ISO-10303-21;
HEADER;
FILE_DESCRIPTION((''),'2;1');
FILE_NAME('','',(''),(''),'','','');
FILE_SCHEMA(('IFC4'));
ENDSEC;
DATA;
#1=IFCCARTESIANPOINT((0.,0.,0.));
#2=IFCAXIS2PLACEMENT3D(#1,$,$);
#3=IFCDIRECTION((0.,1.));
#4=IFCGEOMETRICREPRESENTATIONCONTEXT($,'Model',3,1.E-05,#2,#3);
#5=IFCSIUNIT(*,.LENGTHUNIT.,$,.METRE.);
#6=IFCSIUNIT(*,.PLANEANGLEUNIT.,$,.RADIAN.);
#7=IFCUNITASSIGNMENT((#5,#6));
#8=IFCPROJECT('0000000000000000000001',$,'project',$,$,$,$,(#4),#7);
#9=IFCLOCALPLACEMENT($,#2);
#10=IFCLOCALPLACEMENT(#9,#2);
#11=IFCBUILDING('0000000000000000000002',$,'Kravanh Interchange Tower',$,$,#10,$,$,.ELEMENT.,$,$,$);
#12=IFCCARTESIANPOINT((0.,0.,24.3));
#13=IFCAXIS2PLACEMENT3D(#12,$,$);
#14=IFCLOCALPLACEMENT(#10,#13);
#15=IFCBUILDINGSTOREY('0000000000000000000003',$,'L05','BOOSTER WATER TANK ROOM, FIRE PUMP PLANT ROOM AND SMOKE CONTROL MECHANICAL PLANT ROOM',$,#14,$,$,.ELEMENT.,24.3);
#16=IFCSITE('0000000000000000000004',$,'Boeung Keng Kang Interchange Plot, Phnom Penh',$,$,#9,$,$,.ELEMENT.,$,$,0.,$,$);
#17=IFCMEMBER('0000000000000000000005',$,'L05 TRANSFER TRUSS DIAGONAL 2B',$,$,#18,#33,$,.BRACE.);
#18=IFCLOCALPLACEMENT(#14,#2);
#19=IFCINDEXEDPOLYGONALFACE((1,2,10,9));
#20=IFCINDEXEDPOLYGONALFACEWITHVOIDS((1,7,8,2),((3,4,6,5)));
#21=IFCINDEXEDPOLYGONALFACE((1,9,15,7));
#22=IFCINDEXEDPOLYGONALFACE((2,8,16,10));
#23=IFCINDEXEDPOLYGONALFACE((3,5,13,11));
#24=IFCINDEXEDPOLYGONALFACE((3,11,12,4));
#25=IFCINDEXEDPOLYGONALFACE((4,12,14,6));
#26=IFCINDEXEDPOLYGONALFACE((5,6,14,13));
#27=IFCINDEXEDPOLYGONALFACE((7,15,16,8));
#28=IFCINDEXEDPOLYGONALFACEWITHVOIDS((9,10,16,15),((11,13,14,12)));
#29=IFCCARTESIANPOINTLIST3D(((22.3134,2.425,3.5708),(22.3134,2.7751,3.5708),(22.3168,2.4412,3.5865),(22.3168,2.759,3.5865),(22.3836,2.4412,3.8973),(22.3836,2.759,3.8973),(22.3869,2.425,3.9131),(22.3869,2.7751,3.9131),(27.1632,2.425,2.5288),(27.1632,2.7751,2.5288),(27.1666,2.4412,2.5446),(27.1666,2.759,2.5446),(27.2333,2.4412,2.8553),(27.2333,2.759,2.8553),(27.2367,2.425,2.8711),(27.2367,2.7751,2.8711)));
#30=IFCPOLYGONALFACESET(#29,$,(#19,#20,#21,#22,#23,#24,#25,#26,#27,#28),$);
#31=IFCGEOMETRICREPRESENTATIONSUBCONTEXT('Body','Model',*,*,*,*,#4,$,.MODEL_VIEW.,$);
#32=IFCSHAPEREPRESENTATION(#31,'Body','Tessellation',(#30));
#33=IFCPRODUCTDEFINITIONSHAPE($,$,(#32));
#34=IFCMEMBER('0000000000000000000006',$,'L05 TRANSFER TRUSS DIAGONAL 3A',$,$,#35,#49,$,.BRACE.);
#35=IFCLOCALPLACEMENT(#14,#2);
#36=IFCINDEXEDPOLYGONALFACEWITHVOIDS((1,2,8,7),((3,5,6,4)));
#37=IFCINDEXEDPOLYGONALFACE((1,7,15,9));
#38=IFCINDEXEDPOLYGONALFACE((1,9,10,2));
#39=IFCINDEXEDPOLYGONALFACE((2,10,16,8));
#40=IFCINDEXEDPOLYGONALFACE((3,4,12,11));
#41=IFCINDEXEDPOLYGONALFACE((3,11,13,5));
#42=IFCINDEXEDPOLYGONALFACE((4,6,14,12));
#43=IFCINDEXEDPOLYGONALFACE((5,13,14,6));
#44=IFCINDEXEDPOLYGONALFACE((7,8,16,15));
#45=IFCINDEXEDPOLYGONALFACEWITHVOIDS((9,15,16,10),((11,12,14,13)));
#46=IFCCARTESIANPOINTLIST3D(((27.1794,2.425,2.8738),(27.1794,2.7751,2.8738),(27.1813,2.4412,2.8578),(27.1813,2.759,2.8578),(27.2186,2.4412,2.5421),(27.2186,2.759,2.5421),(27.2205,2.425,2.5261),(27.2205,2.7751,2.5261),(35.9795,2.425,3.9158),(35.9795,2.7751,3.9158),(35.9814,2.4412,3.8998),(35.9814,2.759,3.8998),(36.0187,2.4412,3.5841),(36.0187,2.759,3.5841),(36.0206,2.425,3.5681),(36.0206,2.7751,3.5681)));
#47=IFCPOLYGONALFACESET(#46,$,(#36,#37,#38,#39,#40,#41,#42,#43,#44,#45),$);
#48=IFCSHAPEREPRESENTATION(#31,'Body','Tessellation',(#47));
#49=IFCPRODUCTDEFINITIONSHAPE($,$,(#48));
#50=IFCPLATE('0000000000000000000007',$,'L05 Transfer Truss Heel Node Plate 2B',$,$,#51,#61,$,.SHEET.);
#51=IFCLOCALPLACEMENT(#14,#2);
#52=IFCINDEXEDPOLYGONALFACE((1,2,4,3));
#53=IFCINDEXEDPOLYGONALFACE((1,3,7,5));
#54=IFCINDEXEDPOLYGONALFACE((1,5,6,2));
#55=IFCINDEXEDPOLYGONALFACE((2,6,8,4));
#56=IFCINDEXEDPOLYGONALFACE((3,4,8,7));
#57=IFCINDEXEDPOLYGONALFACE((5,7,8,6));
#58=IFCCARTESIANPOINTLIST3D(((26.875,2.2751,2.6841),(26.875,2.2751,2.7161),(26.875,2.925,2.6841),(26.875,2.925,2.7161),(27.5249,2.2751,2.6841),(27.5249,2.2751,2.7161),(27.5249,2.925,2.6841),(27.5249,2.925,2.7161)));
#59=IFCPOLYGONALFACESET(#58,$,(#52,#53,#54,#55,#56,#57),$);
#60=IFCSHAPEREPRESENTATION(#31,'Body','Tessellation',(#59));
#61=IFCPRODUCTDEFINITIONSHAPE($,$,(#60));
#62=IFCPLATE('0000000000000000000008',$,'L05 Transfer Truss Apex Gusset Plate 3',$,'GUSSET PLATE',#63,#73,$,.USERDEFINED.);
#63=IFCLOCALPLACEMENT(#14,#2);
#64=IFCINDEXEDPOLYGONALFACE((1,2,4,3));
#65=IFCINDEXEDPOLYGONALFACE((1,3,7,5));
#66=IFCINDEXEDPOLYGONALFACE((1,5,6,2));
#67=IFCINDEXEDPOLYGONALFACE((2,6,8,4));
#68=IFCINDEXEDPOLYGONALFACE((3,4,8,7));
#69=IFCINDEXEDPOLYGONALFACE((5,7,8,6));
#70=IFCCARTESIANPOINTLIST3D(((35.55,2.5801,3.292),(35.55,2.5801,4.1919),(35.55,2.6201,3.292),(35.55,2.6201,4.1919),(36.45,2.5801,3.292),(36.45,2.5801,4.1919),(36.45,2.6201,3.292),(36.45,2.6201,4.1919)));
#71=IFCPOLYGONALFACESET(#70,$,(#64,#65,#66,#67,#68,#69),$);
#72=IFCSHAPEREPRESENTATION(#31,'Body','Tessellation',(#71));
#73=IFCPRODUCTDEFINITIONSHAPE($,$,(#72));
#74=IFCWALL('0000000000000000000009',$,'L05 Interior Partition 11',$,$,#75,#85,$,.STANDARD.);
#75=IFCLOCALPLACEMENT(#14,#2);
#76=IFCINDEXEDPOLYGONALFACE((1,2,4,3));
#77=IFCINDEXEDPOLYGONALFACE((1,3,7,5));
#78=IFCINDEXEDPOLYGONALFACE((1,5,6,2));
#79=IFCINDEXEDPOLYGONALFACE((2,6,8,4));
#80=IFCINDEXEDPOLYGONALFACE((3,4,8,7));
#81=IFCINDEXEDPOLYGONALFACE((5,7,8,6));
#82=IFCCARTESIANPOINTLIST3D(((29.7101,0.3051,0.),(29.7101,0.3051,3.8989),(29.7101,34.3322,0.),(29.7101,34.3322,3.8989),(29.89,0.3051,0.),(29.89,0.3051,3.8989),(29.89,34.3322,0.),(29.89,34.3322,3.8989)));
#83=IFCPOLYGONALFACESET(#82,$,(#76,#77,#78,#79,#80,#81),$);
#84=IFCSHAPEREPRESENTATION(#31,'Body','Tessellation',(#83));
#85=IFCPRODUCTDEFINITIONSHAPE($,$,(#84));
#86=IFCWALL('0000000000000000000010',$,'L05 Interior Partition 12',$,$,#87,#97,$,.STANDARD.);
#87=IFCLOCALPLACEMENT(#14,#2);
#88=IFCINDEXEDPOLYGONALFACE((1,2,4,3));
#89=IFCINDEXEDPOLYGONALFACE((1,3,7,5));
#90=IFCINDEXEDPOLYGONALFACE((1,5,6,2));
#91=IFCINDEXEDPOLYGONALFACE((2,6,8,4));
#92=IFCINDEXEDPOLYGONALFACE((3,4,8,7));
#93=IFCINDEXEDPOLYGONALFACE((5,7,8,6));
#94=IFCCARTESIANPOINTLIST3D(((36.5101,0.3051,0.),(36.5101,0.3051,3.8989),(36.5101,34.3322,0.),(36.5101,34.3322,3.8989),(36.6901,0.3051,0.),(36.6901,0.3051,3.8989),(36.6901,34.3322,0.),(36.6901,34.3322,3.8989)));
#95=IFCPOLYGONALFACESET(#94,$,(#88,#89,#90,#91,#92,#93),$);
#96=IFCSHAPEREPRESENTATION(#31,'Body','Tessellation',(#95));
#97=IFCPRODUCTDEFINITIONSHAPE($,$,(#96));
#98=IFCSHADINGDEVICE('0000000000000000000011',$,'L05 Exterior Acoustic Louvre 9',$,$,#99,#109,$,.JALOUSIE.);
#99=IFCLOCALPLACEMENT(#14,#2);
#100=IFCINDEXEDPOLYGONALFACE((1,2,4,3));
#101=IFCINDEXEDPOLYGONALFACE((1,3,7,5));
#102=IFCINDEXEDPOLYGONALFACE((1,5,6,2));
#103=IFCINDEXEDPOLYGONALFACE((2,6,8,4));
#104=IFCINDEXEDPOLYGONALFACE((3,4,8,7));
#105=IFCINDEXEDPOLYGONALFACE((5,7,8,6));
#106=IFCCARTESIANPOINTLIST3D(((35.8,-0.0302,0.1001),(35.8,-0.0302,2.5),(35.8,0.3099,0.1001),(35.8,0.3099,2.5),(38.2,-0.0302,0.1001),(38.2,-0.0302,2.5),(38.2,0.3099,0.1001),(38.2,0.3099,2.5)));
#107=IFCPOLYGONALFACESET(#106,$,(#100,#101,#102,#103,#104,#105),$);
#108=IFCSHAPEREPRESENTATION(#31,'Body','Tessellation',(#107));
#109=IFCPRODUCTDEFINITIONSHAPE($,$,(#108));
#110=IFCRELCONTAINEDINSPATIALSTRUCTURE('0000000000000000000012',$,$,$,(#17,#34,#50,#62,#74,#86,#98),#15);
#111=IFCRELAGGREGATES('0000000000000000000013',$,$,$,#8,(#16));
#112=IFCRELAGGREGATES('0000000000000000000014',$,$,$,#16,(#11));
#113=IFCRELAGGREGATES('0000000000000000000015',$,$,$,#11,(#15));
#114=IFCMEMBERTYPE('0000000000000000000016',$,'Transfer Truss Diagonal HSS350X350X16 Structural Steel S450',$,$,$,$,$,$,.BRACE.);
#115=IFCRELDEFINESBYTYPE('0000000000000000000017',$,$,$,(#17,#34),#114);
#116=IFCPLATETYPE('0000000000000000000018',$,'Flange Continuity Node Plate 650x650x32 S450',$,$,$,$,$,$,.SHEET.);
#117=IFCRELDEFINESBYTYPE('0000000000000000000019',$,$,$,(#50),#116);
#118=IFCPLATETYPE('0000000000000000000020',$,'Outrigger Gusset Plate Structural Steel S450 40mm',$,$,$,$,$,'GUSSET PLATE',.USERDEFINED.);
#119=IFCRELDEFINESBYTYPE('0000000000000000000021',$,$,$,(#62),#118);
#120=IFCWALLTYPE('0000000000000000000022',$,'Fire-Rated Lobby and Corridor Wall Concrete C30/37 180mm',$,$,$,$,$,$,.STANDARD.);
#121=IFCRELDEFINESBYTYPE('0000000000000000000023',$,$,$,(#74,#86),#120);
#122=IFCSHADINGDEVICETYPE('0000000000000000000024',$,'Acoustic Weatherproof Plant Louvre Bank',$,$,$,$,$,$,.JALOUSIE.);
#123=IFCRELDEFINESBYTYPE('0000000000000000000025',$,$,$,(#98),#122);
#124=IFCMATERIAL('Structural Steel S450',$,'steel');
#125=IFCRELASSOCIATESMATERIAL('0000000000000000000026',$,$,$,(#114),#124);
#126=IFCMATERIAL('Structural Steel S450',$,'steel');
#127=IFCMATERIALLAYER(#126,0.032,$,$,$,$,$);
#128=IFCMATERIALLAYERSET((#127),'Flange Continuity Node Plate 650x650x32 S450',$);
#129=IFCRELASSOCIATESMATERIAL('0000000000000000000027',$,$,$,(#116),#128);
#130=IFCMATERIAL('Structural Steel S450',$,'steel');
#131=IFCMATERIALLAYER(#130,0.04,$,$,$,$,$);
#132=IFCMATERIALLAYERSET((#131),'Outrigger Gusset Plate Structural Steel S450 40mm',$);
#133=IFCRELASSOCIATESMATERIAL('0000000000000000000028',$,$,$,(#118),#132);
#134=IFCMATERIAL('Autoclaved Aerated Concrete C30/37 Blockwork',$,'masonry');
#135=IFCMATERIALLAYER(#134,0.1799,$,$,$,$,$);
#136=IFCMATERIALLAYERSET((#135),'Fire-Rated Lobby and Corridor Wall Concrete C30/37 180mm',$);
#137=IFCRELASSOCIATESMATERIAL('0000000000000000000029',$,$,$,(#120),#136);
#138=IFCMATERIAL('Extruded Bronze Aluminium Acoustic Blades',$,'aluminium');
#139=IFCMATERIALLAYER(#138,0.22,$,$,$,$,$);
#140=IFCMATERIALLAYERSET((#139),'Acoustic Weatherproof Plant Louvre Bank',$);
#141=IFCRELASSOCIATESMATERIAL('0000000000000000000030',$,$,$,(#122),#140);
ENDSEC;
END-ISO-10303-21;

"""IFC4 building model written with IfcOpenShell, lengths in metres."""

from ifc_helpers import new_model, si_unit, direction, frame, frame_2d, origin, origin_2d, place, context, subcontext, project, spatial, rectangle, hollow_rectangle, extrude, material, layer, layer_set, material_profile, profile_set, type_object, element, save


model = new_model("IFC4")

# Units and contexts
model_context = context("Model", 3, precision=1e-05, world=origin(), true_north=direction((0.0, 1.0)))
body_context = subcontext(model_context, "Body", "Model", "MODEL_VIEW")
ifc_project = project(units=[si_unit("LENGTHUNIT", "METRE"), si_unit("PLANEANGLEUNIT", "RADIAN")], contexts=[model_context])

# Site, building, storey
site_placement = place(None, origin())
site = spatial("IfcSite", under=ifc_project, at=site_placement, Name="Boeung Keng Kang Interchange Plot, Phnom Penh", CompositionType="ELEMENT", RefElevation=0.0)
building_placement = place(site_placement, origin())
building = spatial("IfcBuilding", under=site, at=building_placement, Name="Kravanh Interchange Tower", CompositionType="ELEMENT")
storey_placement = place(building_placement, frame((0.0, 0.0, 24.3)))
storey = spatial("IfcBuildingStorey", under=building, at=storey_placement, Name="L05", Description="BOOSTER WATER TANK ROOM, FIRE PUMP PLANT ROOM AND SMOKE CONTROL MECHANICAL PLANT ROOM", CompositionType="ELEMENT", Elevation=24.3)

# Members
ifc_material_1 = material(Name="Structural Steel S450", Category="steel")
ifc_material_profile_1 = material_profile(ifc_material_1, hollow_rectangle(XDim=0.3501, YDim=0.3501, WallThickness=0.0161, at=origin_2d()), Name="HSS350X350X16")
ifc_profile_set_1 = profile_set([ifc_material_profile_1], Name="Structural Steel S450")
member_type_1 = type_object("IfcMemberType", Name="Transfer Truss Diagonal HSS350X350X16 Structural Steel S450", PredefinedType="BRACE", material=ifc_profile_set_1)
member_1_placement = place(storey_placement, frame((27.2, 2.6001, 2.7), z_axis=(-0.977689, 0.0, 0.210057), x_axis=(0.0, -1.0, 0.0)))
element("IfcMember", 1, at=member_1_placement, inside=storey, type_object=member_type_1, Name="L05 TRANSFER TRUSS DIAGONAL 2B", PredefinedType="BRACE", context=body_context, shape_type="SweptSolid", body=[
    extrude(hollow_rectangle(XDim=0.3501, YDim=0.3501, WallThickness=0.0161, at=origin_2d()), origin(), (0.0, 0.0, 1.0), 4.9604),
])
member_2_placement = place(storey_placement, frame((27.2, 2.6001, 2.7), z_axis=(0.993063, 0.0, 0.117586), x_axis=(0.0, 1.0, 0.0)))
element("IfcMember", 2, at=member_2_placement, inside=storey, type_object=member_type_1, Name="L05 TRANSFER TRUSS DIAGONAL 3A", PredefinedType="BRACE", context=body_context, shape_type="SweptSolid", body=[
    extrude(hollow_rectangle(XDim=0.3501, YDim=0.3501, WallThickness=0.0161, at=origin_2d()), origin(), (0.0, 0.0, 1.0), 8.8616),
])

# Plates
ifc_material_2 = material(Name="Structural Steel S450", Category="steel")
ifc_layer_1 = layer(ifc_material_2, 0.032)
ifc_layer_set_1 = layer_set([ifc_layer_1], Name="Flange Continuity Node Plate 650x650x32 S450")
plate_type_1 = type_object("IfcPlateType", Name="Flange Continuity Node Plate 650x650x32 S450", PredefinedType="SHEET", material=ifc_layer_set_1)
plate_1_placement = place(storey_placement, frame((27.2, 2.6001, 2.6841), z_axis=(0.0, 0.0, 1.0), x_axis=(1.0, 0.0, 0.0)))
element("IfcPlate", 3, at=plate_1_placement, inside=storey, type_object=plate_type_1, Name="L05 Transfer Truss Heel Node Plate 2B", PredefinedType="SHEET", context=body_context, shape_type="SweptSolid", body=[
    extrude(rectangle(XDim=0.6499, YDim=0.6499, at=origin_2d()), origin(), (0.0, 0.0, 1.0), 0.032),
])
ifc_material_3 = material(Name="Structural Steel S450", Category="steel")
ifc_layer_2 = layer(ifc_material_3, 0.04)
ifc_layer_set_2 = layer_set([ifc_layer_2], Name="Outrigger Gusset Plate Structural Steel S450 40mm")
plate_type_2 = type_object("IfcPlateType", Name="Outrigger Gusset Plate Structural Steel S450 40mm", ElementType="GUSSET PLATE", PredefinedType="USERDEFINED", material=ifc_layer_set_2)
plate_2_placement = place(storey_placement, frame((36.0, 2.6001, 3.292), z_axis=(0.0, 0.0, 1.0), x_axis=(1.0, 0.0, 0.0)))
element("IfcPlate", 4, at=plate_2_placement, inside=storey, type_object=plate_type_2, Name="L05 Transfer Truss Apex Gusset Plate 3", ObjectType="GUSSET PLATE", PredefinedType="USERDEFINED", context=body_context, shape_type="SweptSolid", body=[
    extrude(rectangle(XDim=0.8999, YDim=0.04, at=origin_2d()), origin(), (0.0, 0.0, 1.0), 0.8999),
])

# Walls
ifc_material_4 = material(Name="Autoclaved Aerated Concrete C30/37 Blockwork", Category="masonry")
ifc_layer_3 = layer(ifc_material_4, 0.1799)
ifc_layer_set_3 = layer_set([ifc_layer_3], Name="Fire-Rated Lobby and Corridor Wall Concrete C30/37 180mm")
wall_type = type_object("IfcWallType", Name="Fire-Rated Lobby and Corridor Wall Concrete C30/37 180mm", PredefinedType="STANDARD", material=ifc_layer_set_3)
for number, where, z_axis, x_axis, name in (
    (5, (29.8, 0.3049, 0.0), (0.0, 0.0, 1.0), (0.0, 1.0, 0.0), "L05 Interior Partition 11"),
    (6, (36.6001, 0.3049, 0.0), (0.0, 0.0, 1.0), (0.0, 1.0, 0.0), "L05 Interior Partition 12"),
):
    element("IfcWall", number, at=place(storey_placement, frame(where, z_axis=z_axis, x_axis=x_axis)), inside=storey, type_object=wall_type, Name=name, PredefinedType="STANDARD", context=body_context, shape_type="SweptSolid", body=[
        extrude(rectangle(XDim=34.0271, YDim=0.1799, at=frame_2d((17.0137, 0.0))), origin(), (0.0, 0.0, 1.0), 3.8989),
    ])

# Shading device
ifc_material_5 = material(Name="Extruded Bronze Aluminium Acoustic Blades", Category="aluminium")
ifc_layer_4 = layer(ifc_material_5, 0.22)
ifc_layer_set_4 = layer_set([ifc_layer_4], Name="Acoustic Weatherproof Plant Louvre Bank")
shading_device_type = type_object("IfcShadingDeviceType", Name="Acoustic Weatherproof Plant Louvre Bank", PredefinedType="JALOUSIE", material=ifc_layer_set_4)
shading_device_placement = place(storey_placement, frame((37.0, 0.1399, 0.1001), z_axis=(0.0, 0.0, 1.0), x_axis=(-1.0, 0.0, 0.0)))
element("IfcShadingDevice", 7, at=shading_device_placement, inside=storey, type_object=shading_device_type, Name="L05 Exterior Acoustic Louvre 9", PredefinedType="JALOUSIE", context=body_context, shape_type="SweptSolid", body=[
    extrude(rectangle(XDim=2.3999, YDim=0.3401, at=origin_2d()), origin(), (0.0, 0.0, 1.0), 2.3999),
])

save(model, "model.ifc")
